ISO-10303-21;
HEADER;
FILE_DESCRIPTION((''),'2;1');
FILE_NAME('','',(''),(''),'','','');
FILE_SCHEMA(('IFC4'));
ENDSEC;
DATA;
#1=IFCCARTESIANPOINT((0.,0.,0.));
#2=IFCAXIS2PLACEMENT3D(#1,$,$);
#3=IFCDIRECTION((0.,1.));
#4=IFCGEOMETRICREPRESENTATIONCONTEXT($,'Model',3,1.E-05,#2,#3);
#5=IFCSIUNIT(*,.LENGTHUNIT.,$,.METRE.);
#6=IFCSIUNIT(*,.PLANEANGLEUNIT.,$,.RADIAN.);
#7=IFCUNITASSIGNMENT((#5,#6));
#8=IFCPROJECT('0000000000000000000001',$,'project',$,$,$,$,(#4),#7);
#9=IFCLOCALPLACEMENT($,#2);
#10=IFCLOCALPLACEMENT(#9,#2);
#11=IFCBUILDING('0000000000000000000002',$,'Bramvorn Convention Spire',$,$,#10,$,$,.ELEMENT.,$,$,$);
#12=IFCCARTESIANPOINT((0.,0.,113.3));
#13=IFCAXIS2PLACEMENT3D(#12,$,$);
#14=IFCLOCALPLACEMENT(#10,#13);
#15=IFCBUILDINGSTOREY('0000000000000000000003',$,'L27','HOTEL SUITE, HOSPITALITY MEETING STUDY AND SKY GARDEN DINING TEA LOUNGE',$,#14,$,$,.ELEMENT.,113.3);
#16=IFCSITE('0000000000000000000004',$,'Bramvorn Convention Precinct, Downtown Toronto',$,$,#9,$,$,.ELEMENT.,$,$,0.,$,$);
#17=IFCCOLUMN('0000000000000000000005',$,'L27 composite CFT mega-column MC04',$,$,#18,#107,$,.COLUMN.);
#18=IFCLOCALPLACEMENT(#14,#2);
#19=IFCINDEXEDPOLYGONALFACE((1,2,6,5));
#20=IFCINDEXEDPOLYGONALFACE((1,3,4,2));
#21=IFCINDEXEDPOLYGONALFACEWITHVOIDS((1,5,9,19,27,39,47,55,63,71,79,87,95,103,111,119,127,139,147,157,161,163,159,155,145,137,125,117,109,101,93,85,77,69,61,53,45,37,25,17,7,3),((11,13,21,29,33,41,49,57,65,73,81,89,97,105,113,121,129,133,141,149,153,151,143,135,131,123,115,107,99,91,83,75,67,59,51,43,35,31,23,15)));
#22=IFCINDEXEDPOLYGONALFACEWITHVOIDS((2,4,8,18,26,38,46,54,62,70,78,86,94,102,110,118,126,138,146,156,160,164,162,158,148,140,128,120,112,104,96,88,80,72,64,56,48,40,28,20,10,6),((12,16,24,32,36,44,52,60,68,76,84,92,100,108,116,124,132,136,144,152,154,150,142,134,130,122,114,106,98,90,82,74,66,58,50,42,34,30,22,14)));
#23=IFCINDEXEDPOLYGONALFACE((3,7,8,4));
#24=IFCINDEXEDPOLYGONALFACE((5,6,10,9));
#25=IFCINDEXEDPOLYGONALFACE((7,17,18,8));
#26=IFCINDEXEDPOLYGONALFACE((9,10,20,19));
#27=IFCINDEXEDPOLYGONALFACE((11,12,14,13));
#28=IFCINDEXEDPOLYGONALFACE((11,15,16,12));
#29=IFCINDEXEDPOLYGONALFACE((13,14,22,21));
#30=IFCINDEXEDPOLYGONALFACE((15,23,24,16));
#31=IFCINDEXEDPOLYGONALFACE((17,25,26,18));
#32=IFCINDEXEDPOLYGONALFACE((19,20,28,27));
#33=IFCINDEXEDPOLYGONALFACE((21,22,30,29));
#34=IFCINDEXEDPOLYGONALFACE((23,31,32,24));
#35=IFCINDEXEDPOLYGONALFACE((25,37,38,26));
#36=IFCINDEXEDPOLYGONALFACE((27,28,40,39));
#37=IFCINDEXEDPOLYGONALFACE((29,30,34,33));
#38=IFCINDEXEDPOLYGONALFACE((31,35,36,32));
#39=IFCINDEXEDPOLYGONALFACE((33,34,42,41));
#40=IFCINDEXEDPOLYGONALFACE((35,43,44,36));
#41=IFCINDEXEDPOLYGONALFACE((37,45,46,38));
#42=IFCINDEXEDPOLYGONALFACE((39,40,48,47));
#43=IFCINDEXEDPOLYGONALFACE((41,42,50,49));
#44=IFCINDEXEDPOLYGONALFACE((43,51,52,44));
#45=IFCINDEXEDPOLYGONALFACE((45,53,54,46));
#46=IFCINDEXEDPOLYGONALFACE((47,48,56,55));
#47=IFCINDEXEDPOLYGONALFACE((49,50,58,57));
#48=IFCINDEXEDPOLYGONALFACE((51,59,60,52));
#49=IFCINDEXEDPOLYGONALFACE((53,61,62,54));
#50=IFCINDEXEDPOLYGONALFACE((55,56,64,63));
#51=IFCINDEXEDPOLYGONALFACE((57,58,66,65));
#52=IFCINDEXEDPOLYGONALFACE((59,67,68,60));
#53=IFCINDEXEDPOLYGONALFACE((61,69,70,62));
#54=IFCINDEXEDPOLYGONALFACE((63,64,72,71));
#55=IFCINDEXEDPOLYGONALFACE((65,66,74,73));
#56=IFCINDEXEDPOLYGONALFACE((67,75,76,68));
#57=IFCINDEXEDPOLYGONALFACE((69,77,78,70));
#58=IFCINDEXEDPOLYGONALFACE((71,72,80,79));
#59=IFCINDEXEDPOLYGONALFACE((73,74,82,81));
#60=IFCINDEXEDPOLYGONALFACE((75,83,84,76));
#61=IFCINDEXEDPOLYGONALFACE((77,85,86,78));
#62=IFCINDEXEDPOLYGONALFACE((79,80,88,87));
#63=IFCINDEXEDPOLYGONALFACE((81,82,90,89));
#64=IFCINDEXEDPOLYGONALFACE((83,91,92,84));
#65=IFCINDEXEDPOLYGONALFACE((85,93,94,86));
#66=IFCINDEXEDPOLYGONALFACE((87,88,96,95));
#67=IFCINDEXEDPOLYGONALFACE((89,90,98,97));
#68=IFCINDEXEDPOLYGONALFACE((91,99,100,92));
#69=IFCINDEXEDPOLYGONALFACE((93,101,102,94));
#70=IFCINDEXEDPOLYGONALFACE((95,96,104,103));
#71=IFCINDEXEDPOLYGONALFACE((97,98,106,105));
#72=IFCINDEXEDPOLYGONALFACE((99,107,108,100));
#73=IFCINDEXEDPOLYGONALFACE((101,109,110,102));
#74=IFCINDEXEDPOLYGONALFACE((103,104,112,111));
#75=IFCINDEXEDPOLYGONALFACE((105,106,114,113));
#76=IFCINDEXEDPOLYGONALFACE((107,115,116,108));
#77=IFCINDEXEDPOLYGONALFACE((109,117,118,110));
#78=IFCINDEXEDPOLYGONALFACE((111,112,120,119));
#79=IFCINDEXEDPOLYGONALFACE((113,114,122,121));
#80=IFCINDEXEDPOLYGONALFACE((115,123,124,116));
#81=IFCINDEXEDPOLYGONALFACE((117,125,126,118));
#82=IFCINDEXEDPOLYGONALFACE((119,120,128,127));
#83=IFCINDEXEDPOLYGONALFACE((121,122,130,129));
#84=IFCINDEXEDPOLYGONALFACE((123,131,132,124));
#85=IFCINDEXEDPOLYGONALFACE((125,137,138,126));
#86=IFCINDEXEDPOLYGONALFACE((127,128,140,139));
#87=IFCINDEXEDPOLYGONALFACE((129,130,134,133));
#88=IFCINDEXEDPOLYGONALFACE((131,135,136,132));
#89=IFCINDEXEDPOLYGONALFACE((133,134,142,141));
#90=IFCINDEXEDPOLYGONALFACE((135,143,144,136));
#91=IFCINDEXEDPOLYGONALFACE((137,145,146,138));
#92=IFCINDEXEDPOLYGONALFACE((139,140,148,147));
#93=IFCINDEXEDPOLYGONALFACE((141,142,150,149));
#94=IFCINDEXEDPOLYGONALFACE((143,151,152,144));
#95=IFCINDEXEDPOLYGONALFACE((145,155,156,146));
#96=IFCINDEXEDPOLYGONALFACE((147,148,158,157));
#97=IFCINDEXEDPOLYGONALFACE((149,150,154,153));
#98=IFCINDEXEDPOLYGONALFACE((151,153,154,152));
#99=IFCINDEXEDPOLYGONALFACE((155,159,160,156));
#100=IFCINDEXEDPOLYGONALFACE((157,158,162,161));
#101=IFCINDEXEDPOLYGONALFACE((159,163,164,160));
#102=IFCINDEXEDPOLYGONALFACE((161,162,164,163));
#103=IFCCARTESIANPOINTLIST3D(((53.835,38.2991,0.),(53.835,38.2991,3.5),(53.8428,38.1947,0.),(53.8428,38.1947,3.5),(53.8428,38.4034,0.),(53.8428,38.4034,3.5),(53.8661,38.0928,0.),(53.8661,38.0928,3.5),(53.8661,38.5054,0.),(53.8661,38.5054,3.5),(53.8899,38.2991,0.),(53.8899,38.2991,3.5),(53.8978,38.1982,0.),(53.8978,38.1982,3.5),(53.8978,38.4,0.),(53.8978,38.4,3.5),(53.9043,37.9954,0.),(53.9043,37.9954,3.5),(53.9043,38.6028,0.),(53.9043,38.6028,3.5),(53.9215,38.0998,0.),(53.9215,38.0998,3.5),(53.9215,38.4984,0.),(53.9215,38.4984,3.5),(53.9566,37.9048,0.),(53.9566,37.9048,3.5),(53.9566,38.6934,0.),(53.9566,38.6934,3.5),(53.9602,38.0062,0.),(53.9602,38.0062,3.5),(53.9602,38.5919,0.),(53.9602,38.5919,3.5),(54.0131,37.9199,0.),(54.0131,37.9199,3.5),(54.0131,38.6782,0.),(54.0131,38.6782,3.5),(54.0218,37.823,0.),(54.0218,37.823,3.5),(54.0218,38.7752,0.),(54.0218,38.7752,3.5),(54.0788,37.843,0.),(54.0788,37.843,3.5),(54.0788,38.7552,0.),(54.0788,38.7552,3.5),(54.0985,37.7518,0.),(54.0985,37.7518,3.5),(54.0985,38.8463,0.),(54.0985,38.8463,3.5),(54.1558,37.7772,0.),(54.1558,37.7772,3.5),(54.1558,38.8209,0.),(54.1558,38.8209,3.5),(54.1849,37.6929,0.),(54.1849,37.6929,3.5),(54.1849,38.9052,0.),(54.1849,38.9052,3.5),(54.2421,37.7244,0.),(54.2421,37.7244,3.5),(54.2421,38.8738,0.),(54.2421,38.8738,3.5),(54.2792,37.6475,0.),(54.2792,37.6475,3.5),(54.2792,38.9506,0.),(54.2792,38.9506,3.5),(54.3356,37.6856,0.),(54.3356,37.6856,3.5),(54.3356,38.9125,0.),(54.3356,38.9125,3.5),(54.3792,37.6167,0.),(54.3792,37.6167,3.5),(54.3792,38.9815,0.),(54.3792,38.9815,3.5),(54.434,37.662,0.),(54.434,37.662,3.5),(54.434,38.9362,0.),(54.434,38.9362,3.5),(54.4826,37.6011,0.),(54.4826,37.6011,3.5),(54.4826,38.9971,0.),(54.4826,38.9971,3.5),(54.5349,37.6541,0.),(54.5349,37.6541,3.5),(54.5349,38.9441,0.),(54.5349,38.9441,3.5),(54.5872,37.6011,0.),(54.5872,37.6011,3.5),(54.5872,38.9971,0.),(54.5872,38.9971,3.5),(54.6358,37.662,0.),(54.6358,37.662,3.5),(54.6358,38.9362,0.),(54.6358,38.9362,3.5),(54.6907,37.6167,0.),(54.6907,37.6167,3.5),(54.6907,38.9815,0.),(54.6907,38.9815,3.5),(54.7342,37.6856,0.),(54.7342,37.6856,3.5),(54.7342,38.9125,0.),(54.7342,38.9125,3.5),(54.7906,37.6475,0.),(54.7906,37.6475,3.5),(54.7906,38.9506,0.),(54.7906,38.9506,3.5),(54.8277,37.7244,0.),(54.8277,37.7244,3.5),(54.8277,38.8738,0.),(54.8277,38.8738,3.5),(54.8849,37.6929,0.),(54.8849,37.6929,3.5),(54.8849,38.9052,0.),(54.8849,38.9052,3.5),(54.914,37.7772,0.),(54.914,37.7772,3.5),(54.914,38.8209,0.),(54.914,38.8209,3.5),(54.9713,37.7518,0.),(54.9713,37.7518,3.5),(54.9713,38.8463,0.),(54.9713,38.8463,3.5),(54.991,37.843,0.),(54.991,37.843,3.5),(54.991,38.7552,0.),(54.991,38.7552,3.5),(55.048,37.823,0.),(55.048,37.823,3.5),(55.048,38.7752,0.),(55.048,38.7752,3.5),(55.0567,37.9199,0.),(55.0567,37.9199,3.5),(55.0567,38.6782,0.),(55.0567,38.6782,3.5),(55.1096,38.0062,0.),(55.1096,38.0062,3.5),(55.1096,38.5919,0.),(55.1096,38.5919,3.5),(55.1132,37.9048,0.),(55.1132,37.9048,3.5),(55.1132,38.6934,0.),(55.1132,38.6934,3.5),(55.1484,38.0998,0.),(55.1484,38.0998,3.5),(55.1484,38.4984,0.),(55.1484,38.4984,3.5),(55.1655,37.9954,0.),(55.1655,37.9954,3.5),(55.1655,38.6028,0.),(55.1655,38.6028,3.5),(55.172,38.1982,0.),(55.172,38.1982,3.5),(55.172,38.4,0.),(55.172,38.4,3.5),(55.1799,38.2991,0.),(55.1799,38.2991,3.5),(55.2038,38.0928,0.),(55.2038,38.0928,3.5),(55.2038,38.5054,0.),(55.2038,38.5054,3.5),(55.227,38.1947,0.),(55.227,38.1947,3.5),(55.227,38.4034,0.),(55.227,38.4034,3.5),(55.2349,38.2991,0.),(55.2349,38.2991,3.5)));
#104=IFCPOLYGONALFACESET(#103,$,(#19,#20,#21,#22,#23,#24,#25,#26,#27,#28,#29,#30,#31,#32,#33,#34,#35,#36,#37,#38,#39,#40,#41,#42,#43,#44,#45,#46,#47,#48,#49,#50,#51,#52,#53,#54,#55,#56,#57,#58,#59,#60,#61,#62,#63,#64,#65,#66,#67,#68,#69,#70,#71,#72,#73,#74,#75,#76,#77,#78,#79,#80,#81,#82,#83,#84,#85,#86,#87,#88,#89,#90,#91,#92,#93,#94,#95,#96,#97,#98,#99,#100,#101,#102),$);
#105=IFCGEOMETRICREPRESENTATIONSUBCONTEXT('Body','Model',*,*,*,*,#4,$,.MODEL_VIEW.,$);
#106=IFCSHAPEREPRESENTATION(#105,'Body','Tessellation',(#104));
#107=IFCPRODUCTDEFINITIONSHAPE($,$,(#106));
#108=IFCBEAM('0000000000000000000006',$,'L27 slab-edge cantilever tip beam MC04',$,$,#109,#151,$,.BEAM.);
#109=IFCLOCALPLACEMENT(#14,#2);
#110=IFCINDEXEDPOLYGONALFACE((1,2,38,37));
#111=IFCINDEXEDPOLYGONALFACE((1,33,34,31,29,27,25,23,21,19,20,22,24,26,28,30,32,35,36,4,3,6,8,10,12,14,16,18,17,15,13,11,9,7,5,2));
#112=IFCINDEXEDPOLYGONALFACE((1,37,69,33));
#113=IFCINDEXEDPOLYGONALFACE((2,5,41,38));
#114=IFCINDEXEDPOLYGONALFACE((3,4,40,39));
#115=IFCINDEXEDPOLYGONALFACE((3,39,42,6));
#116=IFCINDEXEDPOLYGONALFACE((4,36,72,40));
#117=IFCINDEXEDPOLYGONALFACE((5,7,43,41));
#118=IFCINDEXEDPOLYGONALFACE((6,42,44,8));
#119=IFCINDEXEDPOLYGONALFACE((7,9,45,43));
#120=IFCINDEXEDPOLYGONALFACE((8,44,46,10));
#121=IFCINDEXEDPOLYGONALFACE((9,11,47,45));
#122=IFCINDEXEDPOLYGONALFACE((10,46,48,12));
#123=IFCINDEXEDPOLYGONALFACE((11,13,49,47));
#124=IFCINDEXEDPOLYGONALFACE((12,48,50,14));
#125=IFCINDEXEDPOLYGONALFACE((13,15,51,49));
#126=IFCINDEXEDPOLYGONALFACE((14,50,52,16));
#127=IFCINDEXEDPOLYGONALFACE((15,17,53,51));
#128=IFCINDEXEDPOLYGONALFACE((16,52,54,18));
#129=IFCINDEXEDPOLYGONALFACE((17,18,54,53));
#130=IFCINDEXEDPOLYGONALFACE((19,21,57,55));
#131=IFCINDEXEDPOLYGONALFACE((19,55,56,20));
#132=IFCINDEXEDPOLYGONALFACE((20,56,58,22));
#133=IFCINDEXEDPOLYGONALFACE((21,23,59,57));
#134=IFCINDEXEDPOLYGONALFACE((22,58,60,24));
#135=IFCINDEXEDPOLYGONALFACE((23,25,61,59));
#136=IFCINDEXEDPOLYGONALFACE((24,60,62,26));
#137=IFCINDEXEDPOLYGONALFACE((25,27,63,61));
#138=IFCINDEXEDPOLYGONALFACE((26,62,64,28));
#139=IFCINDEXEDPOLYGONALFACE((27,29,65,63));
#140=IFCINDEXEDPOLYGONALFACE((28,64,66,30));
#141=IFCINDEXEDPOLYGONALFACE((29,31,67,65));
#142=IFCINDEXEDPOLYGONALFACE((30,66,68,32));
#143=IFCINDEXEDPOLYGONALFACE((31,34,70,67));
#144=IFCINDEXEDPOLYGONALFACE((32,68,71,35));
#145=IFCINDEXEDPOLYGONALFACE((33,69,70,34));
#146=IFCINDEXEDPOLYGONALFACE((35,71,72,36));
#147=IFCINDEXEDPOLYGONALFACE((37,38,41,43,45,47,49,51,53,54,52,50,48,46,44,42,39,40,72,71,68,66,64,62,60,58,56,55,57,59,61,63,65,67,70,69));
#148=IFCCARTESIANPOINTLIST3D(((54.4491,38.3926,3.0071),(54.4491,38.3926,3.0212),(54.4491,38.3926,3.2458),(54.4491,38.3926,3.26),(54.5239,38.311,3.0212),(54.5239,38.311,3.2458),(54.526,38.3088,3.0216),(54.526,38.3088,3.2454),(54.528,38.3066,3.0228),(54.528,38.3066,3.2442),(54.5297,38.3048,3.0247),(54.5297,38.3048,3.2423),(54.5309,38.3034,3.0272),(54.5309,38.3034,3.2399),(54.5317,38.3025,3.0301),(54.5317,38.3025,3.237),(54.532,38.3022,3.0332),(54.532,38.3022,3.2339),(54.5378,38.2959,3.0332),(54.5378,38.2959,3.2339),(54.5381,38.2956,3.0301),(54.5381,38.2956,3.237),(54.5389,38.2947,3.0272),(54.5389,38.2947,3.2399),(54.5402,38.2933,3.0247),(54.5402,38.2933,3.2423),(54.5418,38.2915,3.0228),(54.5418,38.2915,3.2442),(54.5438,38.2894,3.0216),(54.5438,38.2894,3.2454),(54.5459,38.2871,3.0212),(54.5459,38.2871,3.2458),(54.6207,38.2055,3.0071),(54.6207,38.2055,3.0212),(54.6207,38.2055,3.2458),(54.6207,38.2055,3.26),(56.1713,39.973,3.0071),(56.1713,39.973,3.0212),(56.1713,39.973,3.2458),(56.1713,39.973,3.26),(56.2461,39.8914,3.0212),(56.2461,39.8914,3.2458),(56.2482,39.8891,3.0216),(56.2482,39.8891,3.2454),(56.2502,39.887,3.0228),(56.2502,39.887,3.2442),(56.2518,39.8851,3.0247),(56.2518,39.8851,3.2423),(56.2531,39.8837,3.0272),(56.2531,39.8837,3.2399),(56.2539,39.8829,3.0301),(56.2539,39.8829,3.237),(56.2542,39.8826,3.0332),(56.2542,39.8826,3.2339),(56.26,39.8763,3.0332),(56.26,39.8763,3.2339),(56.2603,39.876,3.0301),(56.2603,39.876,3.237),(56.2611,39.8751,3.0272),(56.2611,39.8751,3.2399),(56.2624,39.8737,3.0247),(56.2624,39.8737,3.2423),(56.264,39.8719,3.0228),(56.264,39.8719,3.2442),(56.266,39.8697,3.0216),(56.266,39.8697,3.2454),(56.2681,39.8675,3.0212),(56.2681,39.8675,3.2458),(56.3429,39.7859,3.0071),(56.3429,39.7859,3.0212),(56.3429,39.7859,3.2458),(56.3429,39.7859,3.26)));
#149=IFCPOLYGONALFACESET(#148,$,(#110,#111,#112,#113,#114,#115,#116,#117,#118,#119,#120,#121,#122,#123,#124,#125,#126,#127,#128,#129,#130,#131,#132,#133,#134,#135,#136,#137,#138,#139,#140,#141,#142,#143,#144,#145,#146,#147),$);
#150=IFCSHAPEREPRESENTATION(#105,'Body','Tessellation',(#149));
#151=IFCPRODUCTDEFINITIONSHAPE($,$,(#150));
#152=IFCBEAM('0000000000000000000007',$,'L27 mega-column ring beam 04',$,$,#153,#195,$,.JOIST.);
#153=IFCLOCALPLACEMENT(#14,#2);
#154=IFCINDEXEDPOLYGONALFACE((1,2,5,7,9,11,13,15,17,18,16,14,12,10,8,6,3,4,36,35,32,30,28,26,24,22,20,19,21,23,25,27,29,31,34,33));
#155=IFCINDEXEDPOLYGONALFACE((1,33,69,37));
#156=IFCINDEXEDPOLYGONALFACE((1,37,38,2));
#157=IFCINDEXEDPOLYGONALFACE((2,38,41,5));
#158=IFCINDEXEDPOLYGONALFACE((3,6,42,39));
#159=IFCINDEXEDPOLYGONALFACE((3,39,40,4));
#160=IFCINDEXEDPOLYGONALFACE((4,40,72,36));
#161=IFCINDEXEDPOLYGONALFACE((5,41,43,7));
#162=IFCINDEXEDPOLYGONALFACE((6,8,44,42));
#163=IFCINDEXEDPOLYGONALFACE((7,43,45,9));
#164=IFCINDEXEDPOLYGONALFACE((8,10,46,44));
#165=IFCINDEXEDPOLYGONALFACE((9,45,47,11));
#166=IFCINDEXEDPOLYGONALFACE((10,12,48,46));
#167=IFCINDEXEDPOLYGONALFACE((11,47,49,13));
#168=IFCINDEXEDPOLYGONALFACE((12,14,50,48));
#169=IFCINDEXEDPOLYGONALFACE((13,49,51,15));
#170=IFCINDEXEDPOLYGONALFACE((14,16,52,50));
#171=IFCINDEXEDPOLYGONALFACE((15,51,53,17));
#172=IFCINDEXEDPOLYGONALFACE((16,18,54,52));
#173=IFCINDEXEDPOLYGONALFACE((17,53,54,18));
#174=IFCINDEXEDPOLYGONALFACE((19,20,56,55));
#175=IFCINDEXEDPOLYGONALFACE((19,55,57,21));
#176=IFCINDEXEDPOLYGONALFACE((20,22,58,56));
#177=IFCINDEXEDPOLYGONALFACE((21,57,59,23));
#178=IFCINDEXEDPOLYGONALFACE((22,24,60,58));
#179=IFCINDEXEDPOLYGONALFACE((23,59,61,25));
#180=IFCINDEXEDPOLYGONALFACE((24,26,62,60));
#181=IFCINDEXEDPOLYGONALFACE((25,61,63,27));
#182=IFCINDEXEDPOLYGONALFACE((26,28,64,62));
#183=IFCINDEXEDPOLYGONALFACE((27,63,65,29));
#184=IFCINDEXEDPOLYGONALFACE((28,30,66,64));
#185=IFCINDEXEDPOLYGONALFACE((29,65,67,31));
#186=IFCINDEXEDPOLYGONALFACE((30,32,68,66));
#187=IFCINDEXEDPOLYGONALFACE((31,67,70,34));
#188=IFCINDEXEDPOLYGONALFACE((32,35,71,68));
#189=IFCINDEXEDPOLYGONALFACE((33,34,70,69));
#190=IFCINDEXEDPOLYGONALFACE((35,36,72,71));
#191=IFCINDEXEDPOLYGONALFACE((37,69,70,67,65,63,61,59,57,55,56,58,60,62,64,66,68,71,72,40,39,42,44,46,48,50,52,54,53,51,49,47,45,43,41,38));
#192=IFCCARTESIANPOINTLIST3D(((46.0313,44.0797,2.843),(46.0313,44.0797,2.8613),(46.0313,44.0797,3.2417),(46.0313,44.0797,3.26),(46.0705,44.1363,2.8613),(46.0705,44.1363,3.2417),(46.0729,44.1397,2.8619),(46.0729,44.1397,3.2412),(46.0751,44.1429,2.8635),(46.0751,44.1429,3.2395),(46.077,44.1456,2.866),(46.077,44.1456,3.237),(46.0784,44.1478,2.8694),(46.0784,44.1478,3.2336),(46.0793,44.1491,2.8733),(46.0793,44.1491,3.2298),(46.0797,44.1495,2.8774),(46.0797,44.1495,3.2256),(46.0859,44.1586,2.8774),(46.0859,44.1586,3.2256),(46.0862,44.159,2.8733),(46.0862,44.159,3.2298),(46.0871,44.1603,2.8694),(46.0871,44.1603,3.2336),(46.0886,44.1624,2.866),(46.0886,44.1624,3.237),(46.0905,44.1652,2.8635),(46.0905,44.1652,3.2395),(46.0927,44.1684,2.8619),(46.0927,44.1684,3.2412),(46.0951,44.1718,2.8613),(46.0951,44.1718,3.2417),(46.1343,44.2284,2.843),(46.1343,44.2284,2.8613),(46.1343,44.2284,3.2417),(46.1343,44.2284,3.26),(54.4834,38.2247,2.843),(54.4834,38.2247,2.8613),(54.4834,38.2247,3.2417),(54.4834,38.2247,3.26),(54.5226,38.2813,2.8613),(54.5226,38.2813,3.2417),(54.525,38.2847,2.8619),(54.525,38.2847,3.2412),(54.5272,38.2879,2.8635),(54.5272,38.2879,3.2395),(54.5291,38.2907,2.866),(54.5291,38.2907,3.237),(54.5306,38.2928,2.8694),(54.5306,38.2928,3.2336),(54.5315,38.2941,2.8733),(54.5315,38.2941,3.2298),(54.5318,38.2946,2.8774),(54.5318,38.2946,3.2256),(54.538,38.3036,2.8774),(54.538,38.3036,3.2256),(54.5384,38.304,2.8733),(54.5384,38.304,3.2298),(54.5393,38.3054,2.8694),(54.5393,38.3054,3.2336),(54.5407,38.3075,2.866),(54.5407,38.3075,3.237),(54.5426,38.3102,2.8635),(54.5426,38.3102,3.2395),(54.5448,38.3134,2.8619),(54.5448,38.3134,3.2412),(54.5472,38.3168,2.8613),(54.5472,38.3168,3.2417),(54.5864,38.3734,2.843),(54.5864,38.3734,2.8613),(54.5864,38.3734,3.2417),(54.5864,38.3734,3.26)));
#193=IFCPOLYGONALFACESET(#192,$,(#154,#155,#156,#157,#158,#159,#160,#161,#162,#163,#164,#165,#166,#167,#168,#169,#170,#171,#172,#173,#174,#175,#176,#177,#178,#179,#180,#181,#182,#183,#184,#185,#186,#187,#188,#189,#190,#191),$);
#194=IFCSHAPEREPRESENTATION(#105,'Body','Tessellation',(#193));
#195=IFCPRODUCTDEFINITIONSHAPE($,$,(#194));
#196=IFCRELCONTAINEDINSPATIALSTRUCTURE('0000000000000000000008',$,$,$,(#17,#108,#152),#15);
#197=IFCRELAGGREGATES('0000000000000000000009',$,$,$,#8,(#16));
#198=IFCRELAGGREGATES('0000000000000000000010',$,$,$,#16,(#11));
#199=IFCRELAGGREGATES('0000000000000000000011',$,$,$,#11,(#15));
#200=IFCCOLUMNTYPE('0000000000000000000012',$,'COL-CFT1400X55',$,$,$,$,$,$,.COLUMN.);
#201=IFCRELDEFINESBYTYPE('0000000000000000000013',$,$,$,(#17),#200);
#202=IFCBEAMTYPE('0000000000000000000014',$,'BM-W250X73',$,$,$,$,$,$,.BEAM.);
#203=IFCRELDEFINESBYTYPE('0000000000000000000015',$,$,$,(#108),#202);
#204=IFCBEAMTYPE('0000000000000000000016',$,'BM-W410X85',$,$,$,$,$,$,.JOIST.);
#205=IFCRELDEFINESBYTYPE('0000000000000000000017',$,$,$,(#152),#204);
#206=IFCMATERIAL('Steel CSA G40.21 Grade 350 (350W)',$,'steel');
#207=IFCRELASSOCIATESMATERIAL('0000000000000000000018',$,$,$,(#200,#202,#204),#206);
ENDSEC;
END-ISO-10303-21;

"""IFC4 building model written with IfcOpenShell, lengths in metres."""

from ifc_helpers import new_model, si_unit, direction, frame, origin, origin_2d, place, context, subcontext, project, spatial, hollow_circle, i_section, extrude, material, material_profile, profile_set, type_object, element, save


model = new_model("IFC4")

# Units and contexts
model_context = context("Model", 3, precision=1e-05, world=origin(), true_north=direction((0.0, 1.0)))
body_context = subcontext(model_context, "Body", "Model", "MODEL_VIEW")
ifc_project = project(units=[si_unit("LENGTHUNIT", "METRE"), si_unit("PLANEANGLEUNIT", "RADIAN")], contexts=[model_context])

# Site, building, storey
site_placement = place(None, origin())
site = spatial("IfcSite", under=ifc_project, at=site_placement, Name="Bramvorn Convention Precinct, Downtown Toronto", CompositionType="ELEMENT", RefElevation=0.0)
building_placement = place(site_placement, origin())
building = spatial("IfcBuilding", under=site, at=building_placement, Name="Bramvorn Convention Spire", CompositionType="ELEMENT")
storey_placement = place(building_placement, frame((0.0, 0.0, 113.3)))
storey = spatial("IfcBuildingStorey", under=building, at=storey_placement, Name="L27", Description="HOTEL SUITE, HOSPITALITY MEETING STUDY AND SKY GARDEN DINING TEA LOUNGE", CompositionType="ELEMENT", Elevation=113.3)

# Column
ifc_material_1 = material(Name="Steel CSA G40.21 Grade 350 (350W)", Category="steel")
ifc_material_profile_1 = material_profile(ifc_material_1, hollow_circle(Radius=0.7, WallThickness=0.0549, at=origin_2d()))
ifc_profile_set_1 = profile_set([ifc_material_profile_1], Name="Steel CSA G40.21 Grade 350 (350W) - CFT1400X55")
column_type = type_object("IfcColumnType", Name="COL-CFT1400X55", PredefinedType="COLUMN", material=ifc_profile_set_1)
column_placement = place(storey_placement, frame((54.5349, 38.2991, 0.0), z_axis=(0.0, 0.0, 1.0), x_axis=(1.0, 0.0, 0.0)))
element("IfcColumn", 1, at=column_placement, inside=storey, type_object=column_type, Name="L27 composite CFT mega-column MC04", PredefinedType="COLUMN", context=body_context, shape_type="SweptSolid", body=[
    extrude(hollow_circle(Radius=0.7, WallThickness=0.0549, at=origin_2d()), origin(), (0.0, 0.0, 1.0), 3.5),
])

# Beams
ifc_material_profile_2 = material_profile(ifc_material_1, i_section(OverallWidth=0.2539, OverallDepth=0.2529, WebThickness=0.0085, FlangeThickness=0.0142, FilletRadius=0.012, at=origin_2d()))
ifc_profile_set_2 = profile_set([ifc_material_profile_2], Name="Steel CSA G40.21 Grade 350 (350W) - W250X73")
beam_type_1 = type_object("IfcBeamType", Name="BM-W250X73", PredefinedType="BEAM", material=ifc_profile_set_2)
beam_1_placement = place(storey_placement, frame((54.5349, 38.2991, 3.1335), z_axis=(0.736799, 0.676112, 0.0), x_axis=(-0.676112, 0.736799, 0.0)))
element("IfcBeam", 2, at=beam_1_placement, inside=storey, type_object=beam_type_1, Name="L27 slab-edge cantilever tip beam MC04", PredefinedType="BEAM", context=body_context, shape_type="SweptSolid", body=[
    extrude(i_section(OverallWidth=0.2539, OverallDepth=0.2529, WebThickness=0.0085, FlangeThickness=0.0142, FilletRadius=0.012, at=origin_2d()), origin(), (0.0, 0.0, 1.0), 2.3374),
])
ifc_material_profile_3 = material_profile(ifc_material_1, i_section(OverallWidth=0.1809, OverallDepth=0.417, WebThickness=0.011, FlangeThickness=0.0183, FilletRadius=0.0161, at=origin_2d()))
ifc_profile_set_3 = profile_set([ifc_material_profile_3], Name="Steel CSA G40.21 Grade 350 (350W) - W410X85")
beam_type_2 = type_object("IfcBeamType", Name="BM-W410X85", PredefinedType="JOIST", material=ifc_profile_set_3)
beam_2_placement = place(storey_placement, frame((54.5349, 38.2991, 3.0515), z_axis=(-0.822033, 0.56944, 0.0), x_axis=(-0.56944, -0.822033, 0.0)))
element("IfcBeam", 3, at=beam_2_placement, inside=storey, type_object=beam_type_2, Name="L27 mega-column ring beam 04", PredefinedType="JOIST", context=body_context, shape_type="SweptSolid", body=[
    extrude(i_section(OverallWidth=0.1809, OverallDepth=0.417, WebThickness=0.011, FlangeThickness=0.0183, FilletRadius=0.0161, at=origin_2d()), origin(), (0.0, 0.0, 1.0), 10.282),
])

save(model, "model.ifc")
